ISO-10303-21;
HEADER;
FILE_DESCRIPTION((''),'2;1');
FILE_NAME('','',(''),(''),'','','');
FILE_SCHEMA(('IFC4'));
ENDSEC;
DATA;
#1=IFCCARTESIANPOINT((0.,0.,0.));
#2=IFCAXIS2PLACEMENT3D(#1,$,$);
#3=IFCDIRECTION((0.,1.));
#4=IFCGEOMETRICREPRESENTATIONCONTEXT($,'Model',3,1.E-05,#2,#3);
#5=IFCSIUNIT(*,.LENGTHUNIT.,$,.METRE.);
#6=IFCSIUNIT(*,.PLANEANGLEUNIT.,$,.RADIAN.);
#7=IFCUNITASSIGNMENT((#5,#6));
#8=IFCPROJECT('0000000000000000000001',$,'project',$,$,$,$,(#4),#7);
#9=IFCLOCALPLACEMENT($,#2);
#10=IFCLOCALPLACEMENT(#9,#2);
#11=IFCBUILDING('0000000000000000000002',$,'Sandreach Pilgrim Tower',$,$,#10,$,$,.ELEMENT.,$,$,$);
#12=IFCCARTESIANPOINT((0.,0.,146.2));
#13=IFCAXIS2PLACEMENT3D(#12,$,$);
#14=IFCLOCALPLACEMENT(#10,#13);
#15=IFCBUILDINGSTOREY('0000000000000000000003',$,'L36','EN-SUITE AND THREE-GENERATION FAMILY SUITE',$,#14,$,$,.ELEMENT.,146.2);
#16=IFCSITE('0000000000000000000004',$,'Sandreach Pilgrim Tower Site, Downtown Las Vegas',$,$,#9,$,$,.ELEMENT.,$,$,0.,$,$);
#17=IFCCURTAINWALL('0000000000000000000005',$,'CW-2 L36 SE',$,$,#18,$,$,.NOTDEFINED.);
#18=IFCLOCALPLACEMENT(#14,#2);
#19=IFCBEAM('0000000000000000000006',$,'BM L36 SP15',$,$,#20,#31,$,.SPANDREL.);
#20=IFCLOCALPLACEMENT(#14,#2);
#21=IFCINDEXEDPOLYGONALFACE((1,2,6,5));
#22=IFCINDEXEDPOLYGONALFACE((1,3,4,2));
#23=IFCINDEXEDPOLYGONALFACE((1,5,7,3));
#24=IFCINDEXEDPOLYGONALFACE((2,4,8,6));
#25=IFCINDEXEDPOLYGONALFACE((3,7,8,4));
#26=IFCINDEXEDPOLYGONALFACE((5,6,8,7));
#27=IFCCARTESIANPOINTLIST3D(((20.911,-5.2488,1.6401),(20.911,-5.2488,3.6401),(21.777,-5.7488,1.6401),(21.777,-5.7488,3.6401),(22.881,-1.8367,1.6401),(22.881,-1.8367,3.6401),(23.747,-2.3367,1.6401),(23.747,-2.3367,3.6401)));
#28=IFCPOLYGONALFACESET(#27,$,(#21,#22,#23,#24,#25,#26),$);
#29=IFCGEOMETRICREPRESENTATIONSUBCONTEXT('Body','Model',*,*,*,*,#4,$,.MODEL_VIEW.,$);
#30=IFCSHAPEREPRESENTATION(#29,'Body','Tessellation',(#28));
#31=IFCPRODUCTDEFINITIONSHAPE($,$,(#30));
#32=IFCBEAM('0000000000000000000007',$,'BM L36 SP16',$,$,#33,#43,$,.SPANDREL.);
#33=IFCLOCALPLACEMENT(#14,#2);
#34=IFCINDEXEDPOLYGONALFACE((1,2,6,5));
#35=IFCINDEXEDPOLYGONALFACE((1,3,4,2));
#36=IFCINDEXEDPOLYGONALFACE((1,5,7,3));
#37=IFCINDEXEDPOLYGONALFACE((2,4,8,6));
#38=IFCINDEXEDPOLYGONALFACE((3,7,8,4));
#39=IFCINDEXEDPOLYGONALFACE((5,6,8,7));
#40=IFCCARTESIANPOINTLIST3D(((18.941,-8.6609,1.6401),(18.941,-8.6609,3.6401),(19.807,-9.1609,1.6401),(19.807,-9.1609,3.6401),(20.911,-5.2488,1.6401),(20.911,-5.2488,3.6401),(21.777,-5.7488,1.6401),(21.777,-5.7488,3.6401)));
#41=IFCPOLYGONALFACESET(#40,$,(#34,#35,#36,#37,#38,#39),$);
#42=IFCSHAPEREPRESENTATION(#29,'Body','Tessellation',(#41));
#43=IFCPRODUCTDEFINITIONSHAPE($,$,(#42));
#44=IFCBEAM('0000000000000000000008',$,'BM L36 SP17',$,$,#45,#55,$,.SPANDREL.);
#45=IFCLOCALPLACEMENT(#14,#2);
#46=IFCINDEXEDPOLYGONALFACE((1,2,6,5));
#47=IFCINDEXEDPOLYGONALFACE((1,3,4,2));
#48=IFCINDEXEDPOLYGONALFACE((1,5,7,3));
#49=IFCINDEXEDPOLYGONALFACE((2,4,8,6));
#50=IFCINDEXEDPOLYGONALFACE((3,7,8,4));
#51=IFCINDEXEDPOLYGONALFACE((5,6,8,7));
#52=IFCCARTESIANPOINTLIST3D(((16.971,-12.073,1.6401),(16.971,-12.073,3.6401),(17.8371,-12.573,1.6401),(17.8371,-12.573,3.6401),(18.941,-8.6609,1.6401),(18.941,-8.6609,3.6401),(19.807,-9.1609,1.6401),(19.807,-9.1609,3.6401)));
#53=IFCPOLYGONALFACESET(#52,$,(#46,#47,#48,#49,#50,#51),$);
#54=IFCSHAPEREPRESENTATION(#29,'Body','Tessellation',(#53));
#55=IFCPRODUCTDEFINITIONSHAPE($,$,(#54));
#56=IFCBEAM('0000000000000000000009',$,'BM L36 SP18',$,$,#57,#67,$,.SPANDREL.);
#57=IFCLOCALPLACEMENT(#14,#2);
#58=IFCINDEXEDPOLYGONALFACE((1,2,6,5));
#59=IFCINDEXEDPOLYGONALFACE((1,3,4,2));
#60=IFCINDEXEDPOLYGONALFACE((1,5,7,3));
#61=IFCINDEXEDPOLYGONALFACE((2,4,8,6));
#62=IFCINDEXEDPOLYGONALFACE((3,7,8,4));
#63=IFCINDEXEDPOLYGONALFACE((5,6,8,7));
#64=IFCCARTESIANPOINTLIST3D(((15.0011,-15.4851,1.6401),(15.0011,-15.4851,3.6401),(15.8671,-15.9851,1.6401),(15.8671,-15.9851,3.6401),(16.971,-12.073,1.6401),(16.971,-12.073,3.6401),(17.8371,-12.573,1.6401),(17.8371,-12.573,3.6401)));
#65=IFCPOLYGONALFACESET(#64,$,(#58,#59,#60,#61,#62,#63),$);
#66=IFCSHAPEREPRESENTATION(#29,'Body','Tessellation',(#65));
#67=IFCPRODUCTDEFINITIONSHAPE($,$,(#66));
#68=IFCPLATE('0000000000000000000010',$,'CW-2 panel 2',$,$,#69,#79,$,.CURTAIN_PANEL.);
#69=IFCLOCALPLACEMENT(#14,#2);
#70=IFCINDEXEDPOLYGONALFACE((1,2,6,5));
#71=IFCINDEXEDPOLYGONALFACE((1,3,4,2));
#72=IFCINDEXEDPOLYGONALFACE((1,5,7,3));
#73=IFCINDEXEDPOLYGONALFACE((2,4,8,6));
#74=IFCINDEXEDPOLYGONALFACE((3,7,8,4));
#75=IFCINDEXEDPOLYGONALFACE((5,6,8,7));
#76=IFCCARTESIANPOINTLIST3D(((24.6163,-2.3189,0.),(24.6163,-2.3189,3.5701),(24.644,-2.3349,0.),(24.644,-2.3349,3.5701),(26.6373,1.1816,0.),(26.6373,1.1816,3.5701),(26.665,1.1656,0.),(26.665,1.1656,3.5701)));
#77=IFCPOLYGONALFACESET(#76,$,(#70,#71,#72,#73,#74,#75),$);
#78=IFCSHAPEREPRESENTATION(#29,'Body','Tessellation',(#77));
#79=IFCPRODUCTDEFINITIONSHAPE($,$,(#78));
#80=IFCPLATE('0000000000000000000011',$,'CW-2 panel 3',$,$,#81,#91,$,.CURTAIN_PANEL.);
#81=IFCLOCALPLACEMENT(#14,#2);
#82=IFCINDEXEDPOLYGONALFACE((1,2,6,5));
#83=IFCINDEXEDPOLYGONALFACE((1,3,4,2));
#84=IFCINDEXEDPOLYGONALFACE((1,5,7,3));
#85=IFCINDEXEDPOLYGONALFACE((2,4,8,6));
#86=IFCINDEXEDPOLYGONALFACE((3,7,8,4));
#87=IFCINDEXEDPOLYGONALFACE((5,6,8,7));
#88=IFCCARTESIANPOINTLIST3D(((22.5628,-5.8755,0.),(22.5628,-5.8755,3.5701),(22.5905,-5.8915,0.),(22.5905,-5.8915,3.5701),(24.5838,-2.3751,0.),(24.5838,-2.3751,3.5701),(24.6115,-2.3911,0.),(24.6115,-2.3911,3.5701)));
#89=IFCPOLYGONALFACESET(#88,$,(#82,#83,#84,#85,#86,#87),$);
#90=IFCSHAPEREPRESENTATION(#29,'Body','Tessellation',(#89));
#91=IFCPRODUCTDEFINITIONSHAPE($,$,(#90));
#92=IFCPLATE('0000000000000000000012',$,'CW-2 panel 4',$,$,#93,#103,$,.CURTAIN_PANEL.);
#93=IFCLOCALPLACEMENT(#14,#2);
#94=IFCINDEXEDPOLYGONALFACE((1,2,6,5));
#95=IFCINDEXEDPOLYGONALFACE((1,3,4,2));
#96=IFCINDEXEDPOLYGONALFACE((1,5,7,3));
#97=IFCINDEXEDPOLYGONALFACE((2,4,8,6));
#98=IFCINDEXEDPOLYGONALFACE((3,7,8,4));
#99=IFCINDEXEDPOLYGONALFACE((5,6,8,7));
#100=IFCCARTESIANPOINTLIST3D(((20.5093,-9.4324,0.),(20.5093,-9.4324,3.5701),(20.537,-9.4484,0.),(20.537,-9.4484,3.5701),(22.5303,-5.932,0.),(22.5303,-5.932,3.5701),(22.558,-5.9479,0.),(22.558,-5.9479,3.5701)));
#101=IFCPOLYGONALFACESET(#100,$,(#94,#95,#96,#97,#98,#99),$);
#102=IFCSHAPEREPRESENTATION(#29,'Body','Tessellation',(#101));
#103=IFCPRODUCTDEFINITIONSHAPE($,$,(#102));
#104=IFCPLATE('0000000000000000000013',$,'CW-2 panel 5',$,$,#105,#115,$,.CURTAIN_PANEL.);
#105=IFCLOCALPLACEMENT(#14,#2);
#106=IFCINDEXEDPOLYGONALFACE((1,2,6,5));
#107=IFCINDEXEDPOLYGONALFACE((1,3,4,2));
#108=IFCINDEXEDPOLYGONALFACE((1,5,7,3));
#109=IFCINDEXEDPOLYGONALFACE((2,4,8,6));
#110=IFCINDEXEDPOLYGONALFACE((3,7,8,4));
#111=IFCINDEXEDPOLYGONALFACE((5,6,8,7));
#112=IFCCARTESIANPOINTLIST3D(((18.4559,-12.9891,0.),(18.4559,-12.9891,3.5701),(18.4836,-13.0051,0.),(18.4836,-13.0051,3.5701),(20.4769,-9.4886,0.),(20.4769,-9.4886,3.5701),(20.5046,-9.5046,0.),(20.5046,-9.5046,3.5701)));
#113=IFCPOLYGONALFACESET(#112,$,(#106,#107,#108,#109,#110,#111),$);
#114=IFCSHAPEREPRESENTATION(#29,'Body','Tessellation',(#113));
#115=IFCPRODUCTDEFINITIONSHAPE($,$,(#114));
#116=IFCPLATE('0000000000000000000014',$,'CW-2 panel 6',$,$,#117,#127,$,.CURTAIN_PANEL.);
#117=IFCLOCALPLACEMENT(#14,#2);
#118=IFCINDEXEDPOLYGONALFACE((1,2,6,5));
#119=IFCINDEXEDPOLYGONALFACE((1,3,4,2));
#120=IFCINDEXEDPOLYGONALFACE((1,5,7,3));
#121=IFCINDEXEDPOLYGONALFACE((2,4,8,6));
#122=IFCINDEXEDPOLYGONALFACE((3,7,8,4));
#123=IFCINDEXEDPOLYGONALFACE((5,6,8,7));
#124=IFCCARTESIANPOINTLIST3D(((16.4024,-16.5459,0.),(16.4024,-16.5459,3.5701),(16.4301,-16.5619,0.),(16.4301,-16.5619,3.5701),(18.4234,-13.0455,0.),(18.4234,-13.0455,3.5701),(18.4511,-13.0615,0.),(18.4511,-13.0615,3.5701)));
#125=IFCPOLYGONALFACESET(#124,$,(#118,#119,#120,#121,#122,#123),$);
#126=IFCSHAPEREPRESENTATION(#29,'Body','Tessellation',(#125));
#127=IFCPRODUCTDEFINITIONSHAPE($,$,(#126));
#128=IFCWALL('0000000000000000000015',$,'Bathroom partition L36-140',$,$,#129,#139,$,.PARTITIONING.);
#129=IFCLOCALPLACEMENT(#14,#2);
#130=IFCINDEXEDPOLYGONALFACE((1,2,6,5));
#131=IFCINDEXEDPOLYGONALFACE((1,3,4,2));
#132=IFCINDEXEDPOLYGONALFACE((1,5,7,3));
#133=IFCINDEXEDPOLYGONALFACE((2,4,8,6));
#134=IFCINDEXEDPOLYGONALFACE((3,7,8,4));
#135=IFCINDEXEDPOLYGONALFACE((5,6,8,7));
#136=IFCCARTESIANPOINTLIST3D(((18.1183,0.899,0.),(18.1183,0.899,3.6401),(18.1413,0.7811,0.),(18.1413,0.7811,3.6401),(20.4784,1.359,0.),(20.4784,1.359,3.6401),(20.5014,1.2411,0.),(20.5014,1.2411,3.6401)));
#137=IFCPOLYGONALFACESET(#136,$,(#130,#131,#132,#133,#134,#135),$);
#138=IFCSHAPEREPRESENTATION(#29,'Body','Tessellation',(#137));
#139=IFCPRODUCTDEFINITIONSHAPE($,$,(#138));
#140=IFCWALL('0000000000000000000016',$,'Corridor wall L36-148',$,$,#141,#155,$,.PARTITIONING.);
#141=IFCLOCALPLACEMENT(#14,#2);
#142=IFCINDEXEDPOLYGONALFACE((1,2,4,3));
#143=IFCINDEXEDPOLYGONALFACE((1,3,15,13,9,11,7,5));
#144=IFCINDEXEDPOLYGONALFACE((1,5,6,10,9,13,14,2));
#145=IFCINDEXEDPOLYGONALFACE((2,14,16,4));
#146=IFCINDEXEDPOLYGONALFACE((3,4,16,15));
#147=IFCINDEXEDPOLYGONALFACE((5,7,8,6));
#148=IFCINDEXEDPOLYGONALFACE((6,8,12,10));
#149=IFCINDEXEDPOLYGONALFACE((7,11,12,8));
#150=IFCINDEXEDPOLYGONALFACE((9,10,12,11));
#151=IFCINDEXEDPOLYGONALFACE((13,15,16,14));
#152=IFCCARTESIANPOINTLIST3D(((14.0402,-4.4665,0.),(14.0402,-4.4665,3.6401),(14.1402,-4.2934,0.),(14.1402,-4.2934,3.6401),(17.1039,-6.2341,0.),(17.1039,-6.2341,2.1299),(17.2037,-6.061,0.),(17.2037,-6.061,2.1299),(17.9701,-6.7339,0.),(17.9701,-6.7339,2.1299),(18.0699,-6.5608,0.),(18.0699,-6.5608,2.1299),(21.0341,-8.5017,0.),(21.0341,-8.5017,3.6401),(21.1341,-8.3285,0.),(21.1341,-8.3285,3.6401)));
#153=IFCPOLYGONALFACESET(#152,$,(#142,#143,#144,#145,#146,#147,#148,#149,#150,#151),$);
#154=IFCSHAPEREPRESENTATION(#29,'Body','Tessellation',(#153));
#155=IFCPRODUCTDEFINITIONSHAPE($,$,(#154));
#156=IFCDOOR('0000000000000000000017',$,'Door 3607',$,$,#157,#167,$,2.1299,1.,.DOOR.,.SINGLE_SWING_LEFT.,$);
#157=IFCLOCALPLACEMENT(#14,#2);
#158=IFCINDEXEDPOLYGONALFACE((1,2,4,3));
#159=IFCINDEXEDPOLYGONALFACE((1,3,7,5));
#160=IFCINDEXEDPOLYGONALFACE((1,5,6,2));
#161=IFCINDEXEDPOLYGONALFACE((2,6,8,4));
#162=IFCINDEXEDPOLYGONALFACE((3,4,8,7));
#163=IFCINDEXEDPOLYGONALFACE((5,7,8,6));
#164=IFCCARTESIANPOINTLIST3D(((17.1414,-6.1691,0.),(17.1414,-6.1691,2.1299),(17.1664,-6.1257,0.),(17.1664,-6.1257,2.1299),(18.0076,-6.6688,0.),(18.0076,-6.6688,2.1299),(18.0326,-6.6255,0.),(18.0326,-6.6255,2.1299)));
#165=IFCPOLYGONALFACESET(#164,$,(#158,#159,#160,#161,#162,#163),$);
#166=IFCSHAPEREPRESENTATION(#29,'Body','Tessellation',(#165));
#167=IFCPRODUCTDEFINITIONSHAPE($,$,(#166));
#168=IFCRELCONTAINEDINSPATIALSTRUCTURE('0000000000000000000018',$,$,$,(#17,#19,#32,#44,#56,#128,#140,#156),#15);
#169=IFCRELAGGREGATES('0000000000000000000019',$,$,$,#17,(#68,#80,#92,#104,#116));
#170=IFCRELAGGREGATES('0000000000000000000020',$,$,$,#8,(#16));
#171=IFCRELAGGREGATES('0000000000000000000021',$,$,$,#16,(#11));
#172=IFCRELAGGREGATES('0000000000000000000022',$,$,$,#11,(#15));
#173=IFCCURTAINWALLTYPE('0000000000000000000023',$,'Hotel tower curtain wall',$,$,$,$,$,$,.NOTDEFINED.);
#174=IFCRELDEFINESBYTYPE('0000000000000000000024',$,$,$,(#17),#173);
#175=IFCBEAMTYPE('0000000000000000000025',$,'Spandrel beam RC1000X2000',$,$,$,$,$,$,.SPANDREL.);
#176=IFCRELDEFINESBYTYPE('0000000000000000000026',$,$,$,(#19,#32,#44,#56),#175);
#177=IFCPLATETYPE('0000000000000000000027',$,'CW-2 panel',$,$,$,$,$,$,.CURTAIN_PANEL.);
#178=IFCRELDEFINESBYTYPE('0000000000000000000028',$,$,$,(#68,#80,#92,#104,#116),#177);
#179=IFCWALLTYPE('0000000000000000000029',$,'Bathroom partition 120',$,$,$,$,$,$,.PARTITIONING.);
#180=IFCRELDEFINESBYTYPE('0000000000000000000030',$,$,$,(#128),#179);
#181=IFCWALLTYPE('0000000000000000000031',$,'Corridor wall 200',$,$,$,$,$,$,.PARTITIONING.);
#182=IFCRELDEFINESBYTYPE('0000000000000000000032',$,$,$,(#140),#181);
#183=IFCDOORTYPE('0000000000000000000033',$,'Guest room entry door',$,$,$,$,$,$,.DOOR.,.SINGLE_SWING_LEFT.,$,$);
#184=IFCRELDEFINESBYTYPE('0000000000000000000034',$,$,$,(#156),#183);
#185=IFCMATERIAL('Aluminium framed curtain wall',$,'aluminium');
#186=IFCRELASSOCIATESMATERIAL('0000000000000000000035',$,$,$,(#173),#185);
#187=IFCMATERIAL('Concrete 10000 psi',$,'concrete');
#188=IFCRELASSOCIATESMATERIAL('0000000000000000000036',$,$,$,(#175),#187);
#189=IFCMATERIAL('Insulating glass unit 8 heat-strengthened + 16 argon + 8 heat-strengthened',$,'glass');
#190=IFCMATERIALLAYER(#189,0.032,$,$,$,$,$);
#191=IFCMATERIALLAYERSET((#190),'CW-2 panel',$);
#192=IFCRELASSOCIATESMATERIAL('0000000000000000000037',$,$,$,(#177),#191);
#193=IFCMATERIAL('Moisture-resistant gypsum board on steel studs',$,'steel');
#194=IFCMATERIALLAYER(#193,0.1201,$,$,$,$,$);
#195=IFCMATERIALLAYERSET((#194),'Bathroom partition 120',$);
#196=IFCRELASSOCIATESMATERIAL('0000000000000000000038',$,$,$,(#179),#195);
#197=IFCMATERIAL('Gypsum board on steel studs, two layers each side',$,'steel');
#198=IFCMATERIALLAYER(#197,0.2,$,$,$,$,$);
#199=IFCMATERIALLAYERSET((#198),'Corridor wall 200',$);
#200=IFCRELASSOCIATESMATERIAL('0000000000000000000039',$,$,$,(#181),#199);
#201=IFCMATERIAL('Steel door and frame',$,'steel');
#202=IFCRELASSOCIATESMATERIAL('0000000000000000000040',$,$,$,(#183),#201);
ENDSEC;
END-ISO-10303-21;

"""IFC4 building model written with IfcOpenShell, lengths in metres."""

from ifc_helpers import new_model, si_unit, direction, frame, frame_2d, origin, origin_2d, place, context, subcontext, project, spatial, rectangle, extrude, material, layer, layer_set, material_profile, profile_set, type_object, element, fill, aggregate, save


model = new_model("IFC4")

# Units and contexts
model_context = context("Model", 3, precision=1e-05, world=origin(), true_north=direction((0.0, 1.0)))
body_context = subcontext(model_context, "Body", "Model", "MODEL_VIEW")
ifc_project = project(units=[si_unit("LENGTHUNIT", "METRE"), si_unit("PLANEANGLEUNIT", "RADIAN")], contexts=[model_context])

# Site, building, storey
site_placement = place(None, origin())
site = spatial("IfcSite", under=ifc_project, at=site_placement, Name="Sandreach Pilgrim Tower Site, Downtown Las Vegas", CompositionType="ELEMENT", RefElevation=0.0)
building_placement = place(site_placement, origin())
building = spatial("IfcBuilding", under=site, at=building_placement, Name="Sandreach Pilgrim Tower", CompositionType="ELEMENT")
storey_placement = place(building_placement, frame((0.0, 0.0, 146.2)))
storey = spatial("IfcBuildingStorey", under=building, at=storey_placement, Name="L36", Description="EN-SUITE AND THREE-GENERATION FAMILY SUITE", CompositionType="ELEMENT", Elevation=146.2)

# Curtain wall
ifc_material_1 = material(Name="Aluminium framed curtain wall", Category="aluminium")
curtain_wall_type = type_object("IfcCurtainWallType", Name="Hotel tower curtain wall", PredefinedType="NOTDEFINED", material=ifc_material_1)
curtain_wall_placement = place(storey_placement, origin())
curtain_wall = element("IfcCurtainWall", 1, at=curtain_wall_placement, inside=storey, type_object=curtain_wall_type, Name="CW-2 L36 SE", PredefinedType="NOTDEFINED")

# Beams
ifc_material_2 = material(Name="Concrete 10000 psi", Category="concrete")
ifc_material_profile_1 = material_profile(ifc_material_2, rectangle(XDim=1.0, YDim=2.0, at=origin_2d()), Name="RC1000X2000")
ifc_profile_set_1 = profile_set([ifc_material_profile_1], Name="Concrete 10000 psi")
beam_type_1 = type_object("IfcBeamType", Name="Spandrel beam RC1000X2000", PredefinedType="SPANDREL", material=ifc_profile_set_1)
for number, where, z_axis, x_axis, name in (
    (2, (23.314, -2.0867, 2.6401), (-0.499998, -0.866027, 0.0), (0.866027, -0.499998, 0.0), "BM L36 SP15"),
    (3, (21.344, -5.4988, 2.6401), (-0.499998, -0.866027, 0.0), (0.866027, -0.499998, 0.0), "BM L36 SP16"),
    (4, (19.374, -8.9109, 2.6401), (-0.499998, -0.866027, 0.0), (0.866027, -0.499998, 0.0), "BM L36 SP17"),
    (5, (17.4041, -12.323, 2.6401), (-0.499998, -0.866027, 0.0), (0.866027, -0.499998, 0.0), "BM L36 SP18"),
):
    element("IfcBeam", number, at=place(storey_placement, frame(where, z_axis=z_axis, x_axis=x_axis)), inside=storey, type_object=beam_type_1, Name=name, PredefinedType="SPANDREL", context=body_context, shape_type="SweptSolid", body=[
        extrude(rectangle(XDim=1.0, YDim=2.0, at=origin_2d()), origin(), (0.0, 0.0, 1.0), 3.9399),
    ])

# Plates
ifc_material_3 = material(Name="Insulating glass unit 8 heat-strengthened + 16 argon + 8 heat-strengthened", Category="glass")
ifc_layer_1 = layer(ifc_material_3, 0.032)
ifc_layer_set_1 = layer_set([ifc_layer_1], Name="CW-2 panel")
plate_type = type_object("IfcPlateType", Name="CW-2 panel", PredefinedType="CURTAIN_PANEL", material=ifc_layer_set_1)
plate_1_placement = place(storey_placement, frame((25.6406, -0.5767, 0.0), z_axis=(0.0, 0.0, 1.0), x_axis=(-0.5, -0.866025, 0.0)))
plate_1 = element("IfcPlate", 6, at=plate_1_placement, type_object=plate_type, Name="CW-2 panel 2", PredefinedType="CURTAIN_PANEL", context=body_context, shape_type="SweptSolid", body=[
    extrude(rectangle(XDim=4.042, YDim=0.032, at=origin_2d()), origin(), (0.0, 0.0, 1.0), 3.5701),
])
plate_2_placement = place(storey_placement, frame((23.5872, -4.1333, 0.0), z_axis=(0.0, 0.0, 1.0), x_axis=(-0.5, -0.866025, 0.0)))
plate_2 = element("IfcPlate", 7, at=plate_2_placement, type_object=plate_type, Name="CW-2 panel 3", PredefinedType="CURTAIN_PANEL", context=body_context, shape_type="SweptSolid", body=[
    extrude(rectangle(XDim=4.042, YDim=0.032, at=origin_2d()), origin(), (0.0, 0.0, 1.0), 3.5701),
])
plate_3_placement = place(storey_placement, frame((21.5337, -7.6902, 0.0), z_axis=(0.0, 0.0, 1.0), x_axis=(-0.5, -0.866025, 0.0)))
plate_3 = element("IfcPlate", 8, at=plate_3_placement, type_object=plate_type, Name="CW-2 panel 4", PredefinedType="CURTAIN_PANEL", context=body_context, shape_type="SweptSolid", body=[
    extrude(rectangle(XDim=4.042, YDim=0.032, at=origin_2d()), origin(), (0.0, 0.0, 1.0), 3.5701),
])
plate_4_placement = place(storey_placement, frame((19.4802, -11.2468, 0.0), z_axis=(0.0, 0.0, 1.0), x_axis=(-0.5, -0.866025, 0.0)))
plate_4 = element("IfcPlate", 9, at=plate_4_placement, type_object=plate_type, Name="CW-2 panel 5", PredefinedType="CURTAIN_PANEL", context=body_context, shape_type="SweptSolid", body=[
    extrude(rectangle(XDim=4.042, YDim=0.032, at=origin_2d()), origin(), (0.0, 0.0, 1.0), 3.5701),
])
plate_5_placement = place(storey_placement, frame((17.4268, -14.8037, 0.0), z_axis=(0.0, 0.0, 1.0), x_axis=(-0.5, -0.866025, 0.0)))
plate_5 = element("IfcPlate", 10, at=plate_5_placement, type_object=plate_type, Name="CW-2 panel 6", PredefinedType="CURTAIN_PANEL", context=body_context, shape_type="SweptSolid", body=[
    extrude(rectangle(XDim=4.042, YDim=0.032, at=origin_2d()), origin(), (0.0, 0.0, 1.0), 3.5701),
])
aggregate(curtain_wall, [plate_1, plate_2, plate_3, plate_4, plate_5])

# Wall
ifc_material_4 = material(Name="Moisture-resistant gypsum board on steel studs", Category="steel")
ifc_layer_2 = layer(ifc_material_4, 0.1201)
ifc_layer_set_2 = layer_set([ifc_layer_2], Name="Bathroom partition 120")
wall_type_1 = type_object("IfcWallType", Name="Bathroom partition 120", PredefinedType="PARTITIONING", material=ifc_layer_set_2)
wall_1_placement = place(storey_placement, frame((18.1299, 0.8401, 0.0), z_axis=(0.0, 0.0, 1.0), x_axis=(0.981533, 0.191291, 0.0)))
element("IfcWall", 11, at=wall_1_placement, inside=storey, type_object=wall_type_1, Name="Bathroom partition L36-140", PredefinedType="PARTITIONING", context=body_context, shape_type="SweptSolid", body=[
    extrude(rectangle(XDim=2.4045, YDim=0.1201, at=frame_2d((1.2021, 0.0))), origin(), (0.0, 0.0, 1.0), 3.6401),
])

# Wall, opening, door
ifc_material_5 = material(Name="Gypsum board on steel studs, two layers each side", Category="steel")
ifc_layer_3 = layer(ifc_material_5, 0.2)
ifc_layer_set_3 = layer_set([ifc_layer_3], Name="Corridor wall 200")
wall_type_2 = type_object("IfcWallType", Name="Corridor wall 200", PredefinedType="PARTITIONING", material=ifc_layer_set_3)
wall_2_placement = place(storey_placement, frame((21.084, -8.415, 0.0), z_axis=(0.0, 0.0, 1.0), x_axis=(-0.866174, 0.499743, 0.0)))
wall_2 = element("IfcWall", 12, at=wall_2_placement, inside=storey, type_object=wall_type_2, Name="Corridor wall L36-148", PredefinedType="PARTITIONING", context=body_context, shape_type="SweptSolid", body=[
    extrude(rectangle(XDim=8.0745, YDim=0.2, at=frame_2d((4.0371, 0.0))), origin(), (0.0, 0.0, 1.0), 3.6401),
])
opening_placement = place(wall_2_placement, frame((3.5374, 0.0, 0.0)))
opening = element("IfcOpeningElement", 13, at=opening_placement, cuts=wall_2, PredefinedType="OPENING", context=body_context, shape_type="SweptSolid", body=[
    extrude(rectangle(XDim=1.0, YDim=2.1299, at=frame_2d((0.5, 1.0649))), frame((0.0, 0.1001, 0.0), z_axis=(0.0, -1.0, 0.0), x_axis=(1.0, 0.0, 0.0)), (0.0, 0.0, 1.0), 0.2),
])
ifc_material_6 = material(Name="Steel door and frame", Category="steel")
door_type = type_object("IfcDoorType", Name="Guest room entry door", OperationType="SINGLE_SWING_LEFT", PredefinedType="DOOR", material=ifc_material_6)
door_placement = place(opening_placement, origin())
door = element("IfcDoor", 14, at=door_placement, inside=storey, type_object=door_type, Name="Door 3607", OperationType="SINGLE_SWING_LEFT", OverallHeight=2.1299, OverallWidth=1.0, PredefinedType="DOOR", context=body_context, shape_type="SweptSolid", body=[
    extrude(rectangle(XDim=1.0, YDim=2.1299, at=frame_2d((0.5, 1.0649))), frame((0.0, 0.0249, 0.0), z_axis=(0.0, -1.0, 0.0), x_axis=(1.0, 0.0, 0.0)), (0.0, 0.0, 1.0), 0.05),
])
fill(opening, door)

save(model, "model.ifc")
